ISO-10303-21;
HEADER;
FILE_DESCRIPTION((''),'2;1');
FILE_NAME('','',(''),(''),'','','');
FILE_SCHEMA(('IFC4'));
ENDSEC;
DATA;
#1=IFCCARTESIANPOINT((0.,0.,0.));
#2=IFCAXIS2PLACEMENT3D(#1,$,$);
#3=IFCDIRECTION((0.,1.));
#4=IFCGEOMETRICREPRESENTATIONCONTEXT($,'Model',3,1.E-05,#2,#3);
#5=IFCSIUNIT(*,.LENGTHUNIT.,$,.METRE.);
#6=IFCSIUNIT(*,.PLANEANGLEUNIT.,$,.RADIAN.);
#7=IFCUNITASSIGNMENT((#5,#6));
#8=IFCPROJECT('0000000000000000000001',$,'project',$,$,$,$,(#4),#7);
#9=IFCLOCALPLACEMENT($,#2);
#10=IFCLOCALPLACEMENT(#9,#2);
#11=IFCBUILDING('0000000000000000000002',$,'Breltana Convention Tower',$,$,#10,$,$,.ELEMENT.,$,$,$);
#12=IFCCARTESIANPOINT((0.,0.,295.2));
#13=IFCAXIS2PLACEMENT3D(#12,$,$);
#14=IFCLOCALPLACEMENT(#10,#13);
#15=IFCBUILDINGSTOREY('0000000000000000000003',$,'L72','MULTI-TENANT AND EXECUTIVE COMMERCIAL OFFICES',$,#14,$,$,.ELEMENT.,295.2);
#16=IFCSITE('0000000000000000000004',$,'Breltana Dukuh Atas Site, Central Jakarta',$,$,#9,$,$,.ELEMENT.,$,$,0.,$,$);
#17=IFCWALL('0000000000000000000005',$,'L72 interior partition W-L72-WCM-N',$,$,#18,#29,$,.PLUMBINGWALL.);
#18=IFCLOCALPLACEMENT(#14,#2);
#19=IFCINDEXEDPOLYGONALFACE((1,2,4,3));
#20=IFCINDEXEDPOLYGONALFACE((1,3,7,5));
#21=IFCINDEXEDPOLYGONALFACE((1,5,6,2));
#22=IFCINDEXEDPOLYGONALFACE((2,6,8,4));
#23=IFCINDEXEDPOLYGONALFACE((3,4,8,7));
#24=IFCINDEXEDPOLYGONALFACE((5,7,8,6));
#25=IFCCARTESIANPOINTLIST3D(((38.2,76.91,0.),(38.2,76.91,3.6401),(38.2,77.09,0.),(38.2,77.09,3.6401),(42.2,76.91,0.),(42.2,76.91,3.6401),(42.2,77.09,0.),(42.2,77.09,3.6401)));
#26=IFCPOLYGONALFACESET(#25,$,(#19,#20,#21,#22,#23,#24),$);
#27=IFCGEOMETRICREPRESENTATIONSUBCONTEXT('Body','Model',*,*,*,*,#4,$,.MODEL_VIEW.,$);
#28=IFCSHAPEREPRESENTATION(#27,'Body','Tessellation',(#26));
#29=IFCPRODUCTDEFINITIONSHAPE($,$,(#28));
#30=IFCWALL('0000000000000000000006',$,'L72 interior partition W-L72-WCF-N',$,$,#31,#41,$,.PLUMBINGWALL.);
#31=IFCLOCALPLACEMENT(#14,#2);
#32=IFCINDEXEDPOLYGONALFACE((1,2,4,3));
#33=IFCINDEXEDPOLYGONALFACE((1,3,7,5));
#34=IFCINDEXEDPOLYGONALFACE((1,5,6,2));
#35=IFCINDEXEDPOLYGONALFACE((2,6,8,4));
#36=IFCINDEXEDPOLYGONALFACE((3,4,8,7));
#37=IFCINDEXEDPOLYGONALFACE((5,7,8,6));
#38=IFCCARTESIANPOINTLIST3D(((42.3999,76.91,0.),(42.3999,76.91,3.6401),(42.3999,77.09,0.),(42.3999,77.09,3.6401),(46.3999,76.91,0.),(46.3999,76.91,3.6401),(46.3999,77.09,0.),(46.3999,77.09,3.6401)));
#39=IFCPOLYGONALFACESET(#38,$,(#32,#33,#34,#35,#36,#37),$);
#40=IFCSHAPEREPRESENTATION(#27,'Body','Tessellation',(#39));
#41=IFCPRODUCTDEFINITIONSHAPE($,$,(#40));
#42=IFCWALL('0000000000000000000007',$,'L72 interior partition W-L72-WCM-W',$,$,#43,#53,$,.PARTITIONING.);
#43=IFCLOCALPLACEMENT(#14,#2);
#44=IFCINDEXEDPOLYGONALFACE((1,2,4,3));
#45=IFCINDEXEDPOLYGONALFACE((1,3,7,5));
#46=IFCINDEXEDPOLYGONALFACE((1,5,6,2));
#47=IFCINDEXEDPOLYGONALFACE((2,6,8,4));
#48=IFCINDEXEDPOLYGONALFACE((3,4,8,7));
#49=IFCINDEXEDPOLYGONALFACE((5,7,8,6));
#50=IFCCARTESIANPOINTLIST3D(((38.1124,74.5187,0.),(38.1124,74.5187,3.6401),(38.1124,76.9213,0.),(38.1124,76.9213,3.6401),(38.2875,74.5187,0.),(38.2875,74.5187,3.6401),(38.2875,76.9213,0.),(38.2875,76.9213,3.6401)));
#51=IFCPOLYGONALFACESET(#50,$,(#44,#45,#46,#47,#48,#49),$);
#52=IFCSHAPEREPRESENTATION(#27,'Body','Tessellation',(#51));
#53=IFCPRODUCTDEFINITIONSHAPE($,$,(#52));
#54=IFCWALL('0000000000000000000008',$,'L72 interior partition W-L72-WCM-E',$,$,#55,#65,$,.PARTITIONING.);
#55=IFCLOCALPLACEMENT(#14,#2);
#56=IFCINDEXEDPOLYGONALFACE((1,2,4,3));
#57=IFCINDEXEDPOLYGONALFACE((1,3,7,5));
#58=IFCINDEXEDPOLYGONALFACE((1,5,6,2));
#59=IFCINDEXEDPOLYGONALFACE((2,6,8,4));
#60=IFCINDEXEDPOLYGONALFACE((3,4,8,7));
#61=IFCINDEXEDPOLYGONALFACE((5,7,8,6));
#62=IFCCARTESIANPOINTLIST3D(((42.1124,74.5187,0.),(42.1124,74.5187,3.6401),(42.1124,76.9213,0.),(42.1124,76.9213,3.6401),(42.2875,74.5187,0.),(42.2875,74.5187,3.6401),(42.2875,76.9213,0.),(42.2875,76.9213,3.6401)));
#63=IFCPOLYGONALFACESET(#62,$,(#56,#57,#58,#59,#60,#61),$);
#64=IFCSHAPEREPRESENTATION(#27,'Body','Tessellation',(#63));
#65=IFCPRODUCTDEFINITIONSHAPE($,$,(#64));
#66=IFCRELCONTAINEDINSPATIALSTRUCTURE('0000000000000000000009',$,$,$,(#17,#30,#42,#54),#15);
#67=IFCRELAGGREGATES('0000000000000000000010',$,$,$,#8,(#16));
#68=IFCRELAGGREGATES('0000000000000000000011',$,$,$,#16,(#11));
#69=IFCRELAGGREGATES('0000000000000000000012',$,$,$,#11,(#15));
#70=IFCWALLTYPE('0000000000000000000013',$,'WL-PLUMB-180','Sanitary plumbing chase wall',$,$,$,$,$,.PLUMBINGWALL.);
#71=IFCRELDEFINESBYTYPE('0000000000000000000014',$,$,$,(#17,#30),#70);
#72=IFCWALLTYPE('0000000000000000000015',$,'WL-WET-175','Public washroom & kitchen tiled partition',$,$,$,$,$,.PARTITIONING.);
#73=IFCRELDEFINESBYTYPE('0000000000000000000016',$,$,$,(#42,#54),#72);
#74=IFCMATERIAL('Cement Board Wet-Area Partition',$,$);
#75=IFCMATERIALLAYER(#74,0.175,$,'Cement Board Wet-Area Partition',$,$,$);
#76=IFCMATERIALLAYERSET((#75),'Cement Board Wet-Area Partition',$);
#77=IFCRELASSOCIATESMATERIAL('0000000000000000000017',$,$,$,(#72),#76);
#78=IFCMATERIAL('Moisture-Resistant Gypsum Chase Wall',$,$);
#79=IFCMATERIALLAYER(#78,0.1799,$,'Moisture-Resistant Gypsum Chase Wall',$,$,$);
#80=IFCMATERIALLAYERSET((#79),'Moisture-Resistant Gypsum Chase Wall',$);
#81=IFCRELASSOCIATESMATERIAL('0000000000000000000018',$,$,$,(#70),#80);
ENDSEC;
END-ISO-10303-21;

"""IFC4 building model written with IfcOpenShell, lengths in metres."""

from ifc_helpers import new_model, si_unit, direction, frame, frame_2d, origin, place, context, subcontext, project, spatial, rectangle, extrude, source, transform, mapped, material, layer, layer_set, type_object, element, save


model = new_model("IFC4")

# Units and contexts
model_context = context("Model", 3, precision=1e-05, world=origin(), true_north=direction((0.0, 1.0)))
body_context = subcontext(model_context, "Body", "Model", "MODEL_VIEW")
ifc_project = project(units=[si_unit("LENGTHUNIT", "METRE"), si_unit("PLANEANGLEUNIT", "RADIAN")], contexts=[model_context])

# Site, building, storey
site_placement = place(None, origin())
site = spatial("IfcSite", under=ifc_project, at=site_placement, Name="Breltana Dukuh Atas Site, Central Jakarta", CompositionType="ELEMENT", RefElevation=0.0)
building_placement = place(site_placement, origin())
building = spatial("IfcBuilding", under=site, at=building_placement, Name="Breltana Convention Tower", CompositionType="ELEMENT")
storey_placement = place(building_placement, frame((0.0, 0.0, 295.2)))
storey = spatial("IfcBuildingStorey", under=building, at=storey_placement, Name="L72", Description="MULTI-TENANT AND EXECUTIVE COMMERCIAL OFFICES", CompositionType="ELEMENT", Elevation=295.2)

# Shared definitions
ifc_material_1 = material(Name="Cement Board Wet-Area Partition")
ifc_layer_1 = layer(ifc_material_1, 0.175, Name="Cement Board Wet-Area Partition")
ifc_layer_set_1 = layer_set([ifc_layer_1], Name="Cement Board Wet-Area Partition")
wall_type_1 = type_object("IfcWallType", Name="WL-WET-175", Description="Public washroom & kitchen tiled partition", PredefinedType="PARTITIONING", material=ifc_layer_set_1)

# Walls
ifc_material_2 = material(Name="Moisture-Resistant Gypsum Chase Wall")
ifc_layer_2 = layer(ifc_material_2, 0.1799, Name="Moisture-Resistant Gypsum Chase Wall")
ifc_layer_set_2 = layer_set([ifc_layer_2], Name="Moisture-Resistant Gypsum Chase Wall")
wall_type_2 = type_object("IfcWallType", Name="WL-PLUMB-180", Description="Sanitary plumbing chase wall", PredefinedType="PLUMBINGWALL", material=ifc_layer_set_2)
shared_shape_1 = source(origin(), body_context, "Body", "SweptSolid", [
    extrude(rectangle(XDim=4.0, YDim=0.1799, at=frame_2d((2.0, 0.0))), origin(), (0.0, 0.0, 1.0), 3.6401),
])
for number, where, z_axis, x_axis, name in (
    (1, (38.2, 77.0, 0.0), (0.0, 0.0, 1.0), (1.0, 0.0, 0.0), "L72 interior partition W-L72-WCM-N"),
    (2, (42.3999, 77.0, 0.0), (0.0, 0.0, 1.0), (1.0, 0.0, 0.0), "L72 interior partition W-L72-WCF-N"),
):
    element("IfcWall", number, at=place(storey_placement, frame(where, z_axis=z_axis, x_axis=x_axis)), inside=storey, type_object=wall_type_2, Name=name, PredefinedType="PLUMBINGWALL", context=body_context, shape_type="MappedRepresentation", body=[
        mapped(shared_shape_1, transform((0.0, 0.0, 0.0), scale=1.0)),
    ])
shared_shape_2 = source(origin(), body_context, "Body", "SweptSolid", [
    extrude(rectangle(XDim=2.4026, YDim=0.175, at=frame_2d((1.2012, 0.0))), origin(), (0.0, 0.0, 1.0), 3.6401),
])
for number, where, z_axis, x_axis, name in (
    (3, (38.2, 74.5188, 0.0), (0.0, 0.0, 1.0), (0.0, 1.0, 0.0), "L72 interior partition W-L72-WCM-W"),
    (4, (42.2, 74.5188, 0.0), (0.0, 0.0, 1.0), (0.0, 1.0, 0.0), "L72 interior partition W-L72-WCM-E"),
):
    element("IfcWall", number, at=place(storey_placement, frame(where, z_axis=z_axis, x_axis=x_axis)), inside=storey, type_object=wall_type_1, Name=name, PredefinedType="PARTITIONING", context=body_context, shape_type="MappedRepresentation", body=[
        mapped(shared_shape_2, transform((0.0, 0.0, 0.0), scale=1.0)),
    ])

save(model, "model.ifc")
